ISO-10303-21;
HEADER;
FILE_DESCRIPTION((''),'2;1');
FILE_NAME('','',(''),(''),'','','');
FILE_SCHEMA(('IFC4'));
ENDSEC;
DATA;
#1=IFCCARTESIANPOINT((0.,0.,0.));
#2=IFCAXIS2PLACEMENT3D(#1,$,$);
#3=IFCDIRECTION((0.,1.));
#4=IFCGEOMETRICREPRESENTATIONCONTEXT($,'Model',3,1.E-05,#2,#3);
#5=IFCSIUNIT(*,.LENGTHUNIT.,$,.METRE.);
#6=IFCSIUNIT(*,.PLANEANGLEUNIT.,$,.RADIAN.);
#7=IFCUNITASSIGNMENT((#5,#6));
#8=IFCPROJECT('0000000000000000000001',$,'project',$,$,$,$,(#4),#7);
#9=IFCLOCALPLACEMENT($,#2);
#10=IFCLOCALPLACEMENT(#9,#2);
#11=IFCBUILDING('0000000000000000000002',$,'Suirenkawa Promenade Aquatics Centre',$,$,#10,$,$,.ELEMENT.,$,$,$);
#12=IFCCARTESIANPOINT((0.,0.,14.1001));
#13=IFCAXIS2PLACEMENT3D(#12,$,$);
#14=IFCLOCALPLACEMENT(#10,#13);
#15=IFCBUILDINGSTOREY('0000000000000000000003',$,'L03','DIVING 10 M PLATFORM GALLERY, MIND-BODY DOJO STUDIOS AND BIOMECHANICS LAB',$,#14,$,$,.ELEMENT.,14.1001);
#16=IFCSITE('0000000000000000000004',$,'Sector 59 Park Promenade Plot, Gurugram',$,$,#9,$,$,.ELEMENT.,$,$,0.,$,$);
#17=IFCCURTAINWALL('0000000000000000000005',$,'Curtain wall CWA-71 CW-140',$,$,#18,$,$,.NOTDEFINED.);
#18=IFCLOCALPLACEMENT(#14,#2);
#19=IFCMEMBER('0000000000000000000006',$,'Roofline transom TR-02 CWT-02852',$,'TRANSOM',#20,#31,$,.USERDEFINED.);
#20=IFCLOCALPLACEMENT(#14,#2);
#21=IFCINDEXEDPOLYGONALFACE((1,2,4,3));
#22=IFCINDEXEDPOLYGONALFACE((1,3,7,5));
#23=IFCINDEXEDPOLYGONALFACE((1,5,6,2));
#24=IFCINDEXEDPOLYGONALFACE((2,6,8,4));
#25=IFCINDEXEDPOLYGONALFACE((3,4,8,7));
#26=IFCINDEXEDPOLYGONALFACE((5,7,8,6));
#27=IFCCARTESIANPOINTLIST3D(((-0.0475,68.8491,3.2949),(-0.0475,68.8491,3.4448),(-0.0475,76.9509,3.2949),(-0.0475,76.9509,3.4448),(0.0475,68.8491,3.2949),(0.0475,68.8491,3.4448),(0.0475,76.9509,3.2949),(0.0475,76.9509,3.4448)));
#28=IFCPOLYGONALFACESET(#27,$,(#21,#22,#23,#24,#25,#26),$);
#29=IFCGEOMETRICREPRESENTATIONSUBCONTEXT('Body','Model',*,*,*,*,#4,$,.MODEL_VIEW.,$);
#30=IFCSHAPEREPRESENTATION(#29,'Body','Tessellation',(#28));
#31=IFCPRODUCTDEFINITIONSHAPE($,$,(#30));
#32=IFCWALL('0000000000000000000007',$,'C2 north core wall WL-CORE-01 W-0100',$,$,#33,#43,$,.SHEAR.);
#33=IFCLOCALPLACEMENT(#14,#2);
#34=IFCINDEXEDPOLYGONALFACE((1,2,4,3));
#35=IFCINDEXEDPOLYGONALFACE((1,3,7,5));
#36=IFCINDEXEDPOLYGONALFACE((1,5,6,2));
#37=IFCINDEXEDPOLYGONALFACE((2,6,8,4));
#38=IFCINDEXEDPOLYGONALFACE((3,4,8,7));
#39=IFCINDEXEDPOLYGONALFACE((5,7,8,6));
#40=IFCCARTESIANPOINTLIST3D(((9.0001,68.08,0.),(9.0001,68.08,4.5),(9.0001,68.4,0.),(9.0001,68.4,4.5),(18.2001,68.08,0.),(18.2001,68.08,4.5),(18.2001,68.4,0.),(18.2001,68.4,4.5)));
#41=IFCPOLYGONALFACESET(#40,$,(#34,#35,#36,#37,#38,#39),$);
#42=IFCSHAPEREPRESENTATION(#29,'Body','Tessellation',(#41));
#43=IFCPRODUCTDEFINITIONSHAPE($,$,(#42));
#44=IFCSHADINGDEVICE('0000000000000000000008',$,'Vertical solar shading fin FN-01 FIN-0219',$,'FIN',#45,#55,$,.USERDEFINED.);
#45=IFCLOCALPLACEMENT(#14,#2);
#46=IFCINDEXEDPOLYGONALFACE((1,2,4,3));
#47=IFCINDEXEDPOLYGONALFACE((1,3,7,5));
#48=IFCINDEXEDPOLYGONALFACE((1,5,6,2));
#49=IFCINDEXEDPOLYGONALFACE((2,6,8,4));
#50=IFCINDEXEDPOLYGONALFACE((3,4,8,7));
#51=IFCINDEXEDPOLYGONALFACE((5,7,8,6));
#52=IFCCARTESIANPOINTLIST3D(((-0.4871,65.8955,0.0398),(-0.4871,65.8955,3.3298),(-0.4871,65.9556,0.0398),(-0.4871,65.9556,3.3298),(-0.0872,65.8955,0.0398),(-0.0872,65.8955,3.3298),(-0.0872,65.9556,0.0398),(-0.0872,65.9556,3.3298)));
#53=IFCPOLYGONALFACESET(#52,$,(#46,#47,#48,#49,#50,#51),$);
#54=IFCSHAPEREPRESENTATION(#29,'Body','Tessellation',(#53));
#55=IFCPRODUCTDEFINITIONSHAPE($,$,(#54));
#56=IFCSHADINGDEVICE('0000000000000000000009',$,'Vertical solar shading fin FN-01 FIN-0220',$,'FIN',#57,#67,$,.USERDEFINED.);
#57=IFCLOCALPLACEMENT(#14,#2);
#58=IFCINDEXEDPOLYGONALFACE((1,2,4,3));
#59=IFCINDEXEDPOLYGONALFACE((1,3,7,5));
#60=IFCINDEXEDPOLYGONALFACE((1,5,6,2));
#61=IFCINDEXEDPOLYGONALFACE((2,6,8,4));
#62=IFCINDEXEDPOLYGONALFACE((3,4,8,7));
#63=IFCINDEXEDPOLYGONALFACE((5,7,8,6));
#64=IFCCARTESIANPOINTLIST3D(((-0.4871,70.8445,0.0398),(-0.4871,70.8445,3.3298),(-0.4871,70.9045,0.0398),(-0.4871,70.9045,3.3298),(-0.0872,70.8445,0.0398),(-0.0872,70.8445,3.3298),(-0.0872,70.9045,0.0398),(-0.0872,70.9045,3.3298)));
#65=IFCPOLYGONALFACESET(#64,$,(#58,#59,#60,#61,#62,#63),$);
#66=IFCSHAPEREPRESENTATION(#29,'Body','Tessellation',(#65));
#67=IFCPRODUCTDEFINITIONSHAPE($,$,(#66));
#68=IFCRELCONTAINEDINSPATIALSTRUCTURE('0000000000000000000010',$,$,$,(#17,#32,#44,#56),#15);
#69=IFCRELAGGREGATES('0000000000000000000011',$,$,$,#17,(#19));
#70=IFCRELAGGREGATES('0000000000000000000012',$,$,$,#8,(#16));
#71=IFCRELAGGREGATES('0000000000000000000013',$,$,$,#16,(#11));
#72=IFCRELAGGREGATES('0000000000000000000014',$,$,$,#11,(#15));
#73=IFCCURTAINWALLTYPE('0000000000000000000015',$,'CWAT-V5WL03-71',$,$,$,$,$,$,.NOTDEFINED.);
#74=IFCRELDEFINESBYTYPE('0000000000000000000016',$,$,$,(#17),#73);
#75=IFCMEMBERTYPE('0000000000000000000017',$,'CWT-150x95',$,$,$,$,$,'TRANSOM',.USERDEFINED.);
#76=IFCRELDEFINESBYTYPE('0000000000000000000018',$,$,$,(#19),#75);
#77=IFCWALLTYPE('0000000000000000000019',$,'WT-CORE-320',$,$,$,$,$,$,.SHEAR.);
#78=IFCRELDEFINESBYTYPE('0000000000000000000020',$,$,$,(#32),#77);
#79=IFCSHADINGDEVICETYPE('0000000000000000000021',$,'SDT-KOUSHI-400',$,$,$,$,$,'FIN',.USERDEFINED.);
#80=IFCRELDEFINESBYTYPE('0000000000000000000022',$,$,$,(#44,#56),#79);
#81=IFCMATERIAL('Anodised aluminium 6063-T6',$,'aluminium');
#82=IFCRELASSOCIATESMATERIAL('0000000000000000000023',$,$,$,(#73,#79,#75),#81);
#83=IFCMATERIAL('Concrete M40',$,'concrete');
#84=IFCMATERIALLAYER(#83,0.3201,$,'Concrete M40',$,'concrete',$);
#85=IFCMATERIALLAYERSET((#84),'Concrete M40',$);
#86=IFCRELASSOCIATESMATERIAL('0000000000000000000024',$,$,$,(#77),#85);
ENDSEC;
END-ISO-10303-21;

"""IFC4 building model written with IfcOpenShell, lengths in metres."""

from ifc_helpers import new_model, si_unit, direction, frame, frame_2d, origin, origin_2d, place, context, subcontext, project, spatial, rectangle, extrude, material, layer, layer_set, material_profile, profile_set, type_object, element, aggregate, save


model = new_model("IFC4")

# Units and contexts
model_context = context("Model", 3, precision=1e-05, world=origin(), true_north=direction((0.0, 1.0)))
body_context = subcontext(model_context, "Body", "Model", "MODEL_VIEW")
ifc_project = project(units=[si_unit("LENGTHUNIT", "METRE"), si_unit("PLANEANGLEUNIT", "RADIAN")], contexts=[model_context])

# Site, building, storey
site_placement = place(None, origin())
site = spatial("IfcSite", under=ifc_project, at=site_placement, Name="Sector 59 Park Promenade Plot, Gurugram", CompositionType="ELEMENT", RefElevation=0.0)
building_placement = place(site_placement, origin())
building = spatial("IfcBuilding", under=site, at=building_placement, Name="Suirenkawa Promenade Aquatics Centre", CompositionType="ELEMENT")
storey_placement = place(building_placement, frame((0.0, 0.0, 14.1001)))
storey = spatial("IfcBuildingStorey", under=building, at=storey_placement, Name="L03", Description="DIVING 10 M PLATFORM GALLERY, MIND-BODY DOJO STUDIOS AND BIOMECHANICS LAB", CompositionType="ELEMENT", Elevation=14.1001)

# Shared definitions
ifc_material_1 = material(Name="Concrete M40", Category="concrete")

# Shared definitions
ifc_material_2 = material(Name="Anodised aluminium 6063-T6", Category="aluminium")
curtain_wall_type = type_object("IfcCurtainWallType", Name="CWAT-V5WL03-71", PredefinedType="NOTDEFINED", material=ifc_material_2)

# Curtain wall
curtain_wall_1_placement = place(storey_placement, origin())
curtain_wall_1 = element("IfcCurtainWall", 1, at=curtain_wall_1_placement, inside=storey, type_object=curtain_wall_type, Name="Curtain wall CWA-71 CW-140", PredefinedType="NOTDEFINED")

# Member
ifc_material_profile_1 = material_profile(ifc_material_2, rectangle(XDim=0.095, YDim=0.1499, at=origin_2d()), Name="ALU TRAN 95x150", Category="aluminium")
ifc_profile_set_1 = profile_set([ifc_material_profile_1], Name="Anodised aluminium 6063-T6")
member_type_1 = type_object("IfcMemberType", Name="CWT-150x95", ElementType="TRANSOM", PredefinedType="USERDEFINED", material=ifc_profile_set_1)
member_1_placement = place(storey_placement, frame((0.0, 68.8491, 3.3699), z_axis=(0.0, 1.0, 0.0), x_axis=(-1.0, 0.0, 0.0)))
member_1 = element("IfcMember", 2, at=member_1_placement, type_object=member_type_1, Name="Roofline transom TR-02 CWT-02852", ObjectType="TRANSOM", PredefinedType="USERDEFINED", context=body_context, shape_type="SweptSolid", body=[
    extrude(rectangle(XDim=0.095, YDim=0.1499, at=origin_2d()), origin(), (0.0, 0.0, 1.0), 8.1018),
])

aggregate(curtain_wall_1, [member_1])

# Wall
ifc_layer_1 = layer(ifc_material_1, 0.3201, Name="Concrete M40", Category="concrete")
ifc_layer_set_1 = layer_set([ifc_layer_1], Name="Concrete M40")
wall_type = type_object("IfcWallType", Name="WT-CORE-320", PredefinedType="SHEAR", material=ifc_layer_set_1)
wall_placement = place(storey_placement, frame((9.0, 68.24, 0.0), z_axis=(0.0, 0.0, 1.0), x_axis=(1.0, 0.0, 0.0)))
element("IfcWall", 3, at=wall_placement, inside=storey, type_object=wall_type, Name="C2 north core wall WL-CORE-01 W-0100", PredefinedType="SHEAR", context=body_context, shape_type="SweptSolid", body=[
    extrude(rectangle(XDim=9.2, YDim=0.3201, at=frame_2d((4.6001, 0.0))), origin(), (0.0, 0.0, 1.0), 4.5),
])

# Shading devices
shading_device_type = type_object("IfcShadingDeviceType", Name="SDT-KOUSHI-400", ElementType="FIN", PredefinedType="USERDEFINED", material=ifc_material_2)
for number, where, z_axis, x_axis, name in (
    (4, (-0.2871, 65.9255, 0.0398), (0.0, 0.0, 1.0), (-1.0, 0.0, 0.0), "Vertical solar shading fin FN-01 FIN-0219"),
    (5, (-0.2871, 70.8745, 0.0398), (0.0, 0.0, 1.0), (-1.0, 0.0, 0.0), "Vertical solar shading fin FN-01 FIN-0220"),
):
    element("IfcShadingDevice", number, at=place(storey_placement, frame(where, z_axis=z_axis, x_axis=x_axis)), inside=storey, type_object=shading_device_type, Name=name, ObjectType="FIN", PredefinedType="USERDEFINED", context=body_context, shape_type="SweptSolid", body=[
        extrude(rectangle(XDim=0.3999, YDim=0.0601, at=origin_2d()), origin(), (0.0, 0.0, 1.0), 3.29),
    ])

save(model, "model.ifc")
